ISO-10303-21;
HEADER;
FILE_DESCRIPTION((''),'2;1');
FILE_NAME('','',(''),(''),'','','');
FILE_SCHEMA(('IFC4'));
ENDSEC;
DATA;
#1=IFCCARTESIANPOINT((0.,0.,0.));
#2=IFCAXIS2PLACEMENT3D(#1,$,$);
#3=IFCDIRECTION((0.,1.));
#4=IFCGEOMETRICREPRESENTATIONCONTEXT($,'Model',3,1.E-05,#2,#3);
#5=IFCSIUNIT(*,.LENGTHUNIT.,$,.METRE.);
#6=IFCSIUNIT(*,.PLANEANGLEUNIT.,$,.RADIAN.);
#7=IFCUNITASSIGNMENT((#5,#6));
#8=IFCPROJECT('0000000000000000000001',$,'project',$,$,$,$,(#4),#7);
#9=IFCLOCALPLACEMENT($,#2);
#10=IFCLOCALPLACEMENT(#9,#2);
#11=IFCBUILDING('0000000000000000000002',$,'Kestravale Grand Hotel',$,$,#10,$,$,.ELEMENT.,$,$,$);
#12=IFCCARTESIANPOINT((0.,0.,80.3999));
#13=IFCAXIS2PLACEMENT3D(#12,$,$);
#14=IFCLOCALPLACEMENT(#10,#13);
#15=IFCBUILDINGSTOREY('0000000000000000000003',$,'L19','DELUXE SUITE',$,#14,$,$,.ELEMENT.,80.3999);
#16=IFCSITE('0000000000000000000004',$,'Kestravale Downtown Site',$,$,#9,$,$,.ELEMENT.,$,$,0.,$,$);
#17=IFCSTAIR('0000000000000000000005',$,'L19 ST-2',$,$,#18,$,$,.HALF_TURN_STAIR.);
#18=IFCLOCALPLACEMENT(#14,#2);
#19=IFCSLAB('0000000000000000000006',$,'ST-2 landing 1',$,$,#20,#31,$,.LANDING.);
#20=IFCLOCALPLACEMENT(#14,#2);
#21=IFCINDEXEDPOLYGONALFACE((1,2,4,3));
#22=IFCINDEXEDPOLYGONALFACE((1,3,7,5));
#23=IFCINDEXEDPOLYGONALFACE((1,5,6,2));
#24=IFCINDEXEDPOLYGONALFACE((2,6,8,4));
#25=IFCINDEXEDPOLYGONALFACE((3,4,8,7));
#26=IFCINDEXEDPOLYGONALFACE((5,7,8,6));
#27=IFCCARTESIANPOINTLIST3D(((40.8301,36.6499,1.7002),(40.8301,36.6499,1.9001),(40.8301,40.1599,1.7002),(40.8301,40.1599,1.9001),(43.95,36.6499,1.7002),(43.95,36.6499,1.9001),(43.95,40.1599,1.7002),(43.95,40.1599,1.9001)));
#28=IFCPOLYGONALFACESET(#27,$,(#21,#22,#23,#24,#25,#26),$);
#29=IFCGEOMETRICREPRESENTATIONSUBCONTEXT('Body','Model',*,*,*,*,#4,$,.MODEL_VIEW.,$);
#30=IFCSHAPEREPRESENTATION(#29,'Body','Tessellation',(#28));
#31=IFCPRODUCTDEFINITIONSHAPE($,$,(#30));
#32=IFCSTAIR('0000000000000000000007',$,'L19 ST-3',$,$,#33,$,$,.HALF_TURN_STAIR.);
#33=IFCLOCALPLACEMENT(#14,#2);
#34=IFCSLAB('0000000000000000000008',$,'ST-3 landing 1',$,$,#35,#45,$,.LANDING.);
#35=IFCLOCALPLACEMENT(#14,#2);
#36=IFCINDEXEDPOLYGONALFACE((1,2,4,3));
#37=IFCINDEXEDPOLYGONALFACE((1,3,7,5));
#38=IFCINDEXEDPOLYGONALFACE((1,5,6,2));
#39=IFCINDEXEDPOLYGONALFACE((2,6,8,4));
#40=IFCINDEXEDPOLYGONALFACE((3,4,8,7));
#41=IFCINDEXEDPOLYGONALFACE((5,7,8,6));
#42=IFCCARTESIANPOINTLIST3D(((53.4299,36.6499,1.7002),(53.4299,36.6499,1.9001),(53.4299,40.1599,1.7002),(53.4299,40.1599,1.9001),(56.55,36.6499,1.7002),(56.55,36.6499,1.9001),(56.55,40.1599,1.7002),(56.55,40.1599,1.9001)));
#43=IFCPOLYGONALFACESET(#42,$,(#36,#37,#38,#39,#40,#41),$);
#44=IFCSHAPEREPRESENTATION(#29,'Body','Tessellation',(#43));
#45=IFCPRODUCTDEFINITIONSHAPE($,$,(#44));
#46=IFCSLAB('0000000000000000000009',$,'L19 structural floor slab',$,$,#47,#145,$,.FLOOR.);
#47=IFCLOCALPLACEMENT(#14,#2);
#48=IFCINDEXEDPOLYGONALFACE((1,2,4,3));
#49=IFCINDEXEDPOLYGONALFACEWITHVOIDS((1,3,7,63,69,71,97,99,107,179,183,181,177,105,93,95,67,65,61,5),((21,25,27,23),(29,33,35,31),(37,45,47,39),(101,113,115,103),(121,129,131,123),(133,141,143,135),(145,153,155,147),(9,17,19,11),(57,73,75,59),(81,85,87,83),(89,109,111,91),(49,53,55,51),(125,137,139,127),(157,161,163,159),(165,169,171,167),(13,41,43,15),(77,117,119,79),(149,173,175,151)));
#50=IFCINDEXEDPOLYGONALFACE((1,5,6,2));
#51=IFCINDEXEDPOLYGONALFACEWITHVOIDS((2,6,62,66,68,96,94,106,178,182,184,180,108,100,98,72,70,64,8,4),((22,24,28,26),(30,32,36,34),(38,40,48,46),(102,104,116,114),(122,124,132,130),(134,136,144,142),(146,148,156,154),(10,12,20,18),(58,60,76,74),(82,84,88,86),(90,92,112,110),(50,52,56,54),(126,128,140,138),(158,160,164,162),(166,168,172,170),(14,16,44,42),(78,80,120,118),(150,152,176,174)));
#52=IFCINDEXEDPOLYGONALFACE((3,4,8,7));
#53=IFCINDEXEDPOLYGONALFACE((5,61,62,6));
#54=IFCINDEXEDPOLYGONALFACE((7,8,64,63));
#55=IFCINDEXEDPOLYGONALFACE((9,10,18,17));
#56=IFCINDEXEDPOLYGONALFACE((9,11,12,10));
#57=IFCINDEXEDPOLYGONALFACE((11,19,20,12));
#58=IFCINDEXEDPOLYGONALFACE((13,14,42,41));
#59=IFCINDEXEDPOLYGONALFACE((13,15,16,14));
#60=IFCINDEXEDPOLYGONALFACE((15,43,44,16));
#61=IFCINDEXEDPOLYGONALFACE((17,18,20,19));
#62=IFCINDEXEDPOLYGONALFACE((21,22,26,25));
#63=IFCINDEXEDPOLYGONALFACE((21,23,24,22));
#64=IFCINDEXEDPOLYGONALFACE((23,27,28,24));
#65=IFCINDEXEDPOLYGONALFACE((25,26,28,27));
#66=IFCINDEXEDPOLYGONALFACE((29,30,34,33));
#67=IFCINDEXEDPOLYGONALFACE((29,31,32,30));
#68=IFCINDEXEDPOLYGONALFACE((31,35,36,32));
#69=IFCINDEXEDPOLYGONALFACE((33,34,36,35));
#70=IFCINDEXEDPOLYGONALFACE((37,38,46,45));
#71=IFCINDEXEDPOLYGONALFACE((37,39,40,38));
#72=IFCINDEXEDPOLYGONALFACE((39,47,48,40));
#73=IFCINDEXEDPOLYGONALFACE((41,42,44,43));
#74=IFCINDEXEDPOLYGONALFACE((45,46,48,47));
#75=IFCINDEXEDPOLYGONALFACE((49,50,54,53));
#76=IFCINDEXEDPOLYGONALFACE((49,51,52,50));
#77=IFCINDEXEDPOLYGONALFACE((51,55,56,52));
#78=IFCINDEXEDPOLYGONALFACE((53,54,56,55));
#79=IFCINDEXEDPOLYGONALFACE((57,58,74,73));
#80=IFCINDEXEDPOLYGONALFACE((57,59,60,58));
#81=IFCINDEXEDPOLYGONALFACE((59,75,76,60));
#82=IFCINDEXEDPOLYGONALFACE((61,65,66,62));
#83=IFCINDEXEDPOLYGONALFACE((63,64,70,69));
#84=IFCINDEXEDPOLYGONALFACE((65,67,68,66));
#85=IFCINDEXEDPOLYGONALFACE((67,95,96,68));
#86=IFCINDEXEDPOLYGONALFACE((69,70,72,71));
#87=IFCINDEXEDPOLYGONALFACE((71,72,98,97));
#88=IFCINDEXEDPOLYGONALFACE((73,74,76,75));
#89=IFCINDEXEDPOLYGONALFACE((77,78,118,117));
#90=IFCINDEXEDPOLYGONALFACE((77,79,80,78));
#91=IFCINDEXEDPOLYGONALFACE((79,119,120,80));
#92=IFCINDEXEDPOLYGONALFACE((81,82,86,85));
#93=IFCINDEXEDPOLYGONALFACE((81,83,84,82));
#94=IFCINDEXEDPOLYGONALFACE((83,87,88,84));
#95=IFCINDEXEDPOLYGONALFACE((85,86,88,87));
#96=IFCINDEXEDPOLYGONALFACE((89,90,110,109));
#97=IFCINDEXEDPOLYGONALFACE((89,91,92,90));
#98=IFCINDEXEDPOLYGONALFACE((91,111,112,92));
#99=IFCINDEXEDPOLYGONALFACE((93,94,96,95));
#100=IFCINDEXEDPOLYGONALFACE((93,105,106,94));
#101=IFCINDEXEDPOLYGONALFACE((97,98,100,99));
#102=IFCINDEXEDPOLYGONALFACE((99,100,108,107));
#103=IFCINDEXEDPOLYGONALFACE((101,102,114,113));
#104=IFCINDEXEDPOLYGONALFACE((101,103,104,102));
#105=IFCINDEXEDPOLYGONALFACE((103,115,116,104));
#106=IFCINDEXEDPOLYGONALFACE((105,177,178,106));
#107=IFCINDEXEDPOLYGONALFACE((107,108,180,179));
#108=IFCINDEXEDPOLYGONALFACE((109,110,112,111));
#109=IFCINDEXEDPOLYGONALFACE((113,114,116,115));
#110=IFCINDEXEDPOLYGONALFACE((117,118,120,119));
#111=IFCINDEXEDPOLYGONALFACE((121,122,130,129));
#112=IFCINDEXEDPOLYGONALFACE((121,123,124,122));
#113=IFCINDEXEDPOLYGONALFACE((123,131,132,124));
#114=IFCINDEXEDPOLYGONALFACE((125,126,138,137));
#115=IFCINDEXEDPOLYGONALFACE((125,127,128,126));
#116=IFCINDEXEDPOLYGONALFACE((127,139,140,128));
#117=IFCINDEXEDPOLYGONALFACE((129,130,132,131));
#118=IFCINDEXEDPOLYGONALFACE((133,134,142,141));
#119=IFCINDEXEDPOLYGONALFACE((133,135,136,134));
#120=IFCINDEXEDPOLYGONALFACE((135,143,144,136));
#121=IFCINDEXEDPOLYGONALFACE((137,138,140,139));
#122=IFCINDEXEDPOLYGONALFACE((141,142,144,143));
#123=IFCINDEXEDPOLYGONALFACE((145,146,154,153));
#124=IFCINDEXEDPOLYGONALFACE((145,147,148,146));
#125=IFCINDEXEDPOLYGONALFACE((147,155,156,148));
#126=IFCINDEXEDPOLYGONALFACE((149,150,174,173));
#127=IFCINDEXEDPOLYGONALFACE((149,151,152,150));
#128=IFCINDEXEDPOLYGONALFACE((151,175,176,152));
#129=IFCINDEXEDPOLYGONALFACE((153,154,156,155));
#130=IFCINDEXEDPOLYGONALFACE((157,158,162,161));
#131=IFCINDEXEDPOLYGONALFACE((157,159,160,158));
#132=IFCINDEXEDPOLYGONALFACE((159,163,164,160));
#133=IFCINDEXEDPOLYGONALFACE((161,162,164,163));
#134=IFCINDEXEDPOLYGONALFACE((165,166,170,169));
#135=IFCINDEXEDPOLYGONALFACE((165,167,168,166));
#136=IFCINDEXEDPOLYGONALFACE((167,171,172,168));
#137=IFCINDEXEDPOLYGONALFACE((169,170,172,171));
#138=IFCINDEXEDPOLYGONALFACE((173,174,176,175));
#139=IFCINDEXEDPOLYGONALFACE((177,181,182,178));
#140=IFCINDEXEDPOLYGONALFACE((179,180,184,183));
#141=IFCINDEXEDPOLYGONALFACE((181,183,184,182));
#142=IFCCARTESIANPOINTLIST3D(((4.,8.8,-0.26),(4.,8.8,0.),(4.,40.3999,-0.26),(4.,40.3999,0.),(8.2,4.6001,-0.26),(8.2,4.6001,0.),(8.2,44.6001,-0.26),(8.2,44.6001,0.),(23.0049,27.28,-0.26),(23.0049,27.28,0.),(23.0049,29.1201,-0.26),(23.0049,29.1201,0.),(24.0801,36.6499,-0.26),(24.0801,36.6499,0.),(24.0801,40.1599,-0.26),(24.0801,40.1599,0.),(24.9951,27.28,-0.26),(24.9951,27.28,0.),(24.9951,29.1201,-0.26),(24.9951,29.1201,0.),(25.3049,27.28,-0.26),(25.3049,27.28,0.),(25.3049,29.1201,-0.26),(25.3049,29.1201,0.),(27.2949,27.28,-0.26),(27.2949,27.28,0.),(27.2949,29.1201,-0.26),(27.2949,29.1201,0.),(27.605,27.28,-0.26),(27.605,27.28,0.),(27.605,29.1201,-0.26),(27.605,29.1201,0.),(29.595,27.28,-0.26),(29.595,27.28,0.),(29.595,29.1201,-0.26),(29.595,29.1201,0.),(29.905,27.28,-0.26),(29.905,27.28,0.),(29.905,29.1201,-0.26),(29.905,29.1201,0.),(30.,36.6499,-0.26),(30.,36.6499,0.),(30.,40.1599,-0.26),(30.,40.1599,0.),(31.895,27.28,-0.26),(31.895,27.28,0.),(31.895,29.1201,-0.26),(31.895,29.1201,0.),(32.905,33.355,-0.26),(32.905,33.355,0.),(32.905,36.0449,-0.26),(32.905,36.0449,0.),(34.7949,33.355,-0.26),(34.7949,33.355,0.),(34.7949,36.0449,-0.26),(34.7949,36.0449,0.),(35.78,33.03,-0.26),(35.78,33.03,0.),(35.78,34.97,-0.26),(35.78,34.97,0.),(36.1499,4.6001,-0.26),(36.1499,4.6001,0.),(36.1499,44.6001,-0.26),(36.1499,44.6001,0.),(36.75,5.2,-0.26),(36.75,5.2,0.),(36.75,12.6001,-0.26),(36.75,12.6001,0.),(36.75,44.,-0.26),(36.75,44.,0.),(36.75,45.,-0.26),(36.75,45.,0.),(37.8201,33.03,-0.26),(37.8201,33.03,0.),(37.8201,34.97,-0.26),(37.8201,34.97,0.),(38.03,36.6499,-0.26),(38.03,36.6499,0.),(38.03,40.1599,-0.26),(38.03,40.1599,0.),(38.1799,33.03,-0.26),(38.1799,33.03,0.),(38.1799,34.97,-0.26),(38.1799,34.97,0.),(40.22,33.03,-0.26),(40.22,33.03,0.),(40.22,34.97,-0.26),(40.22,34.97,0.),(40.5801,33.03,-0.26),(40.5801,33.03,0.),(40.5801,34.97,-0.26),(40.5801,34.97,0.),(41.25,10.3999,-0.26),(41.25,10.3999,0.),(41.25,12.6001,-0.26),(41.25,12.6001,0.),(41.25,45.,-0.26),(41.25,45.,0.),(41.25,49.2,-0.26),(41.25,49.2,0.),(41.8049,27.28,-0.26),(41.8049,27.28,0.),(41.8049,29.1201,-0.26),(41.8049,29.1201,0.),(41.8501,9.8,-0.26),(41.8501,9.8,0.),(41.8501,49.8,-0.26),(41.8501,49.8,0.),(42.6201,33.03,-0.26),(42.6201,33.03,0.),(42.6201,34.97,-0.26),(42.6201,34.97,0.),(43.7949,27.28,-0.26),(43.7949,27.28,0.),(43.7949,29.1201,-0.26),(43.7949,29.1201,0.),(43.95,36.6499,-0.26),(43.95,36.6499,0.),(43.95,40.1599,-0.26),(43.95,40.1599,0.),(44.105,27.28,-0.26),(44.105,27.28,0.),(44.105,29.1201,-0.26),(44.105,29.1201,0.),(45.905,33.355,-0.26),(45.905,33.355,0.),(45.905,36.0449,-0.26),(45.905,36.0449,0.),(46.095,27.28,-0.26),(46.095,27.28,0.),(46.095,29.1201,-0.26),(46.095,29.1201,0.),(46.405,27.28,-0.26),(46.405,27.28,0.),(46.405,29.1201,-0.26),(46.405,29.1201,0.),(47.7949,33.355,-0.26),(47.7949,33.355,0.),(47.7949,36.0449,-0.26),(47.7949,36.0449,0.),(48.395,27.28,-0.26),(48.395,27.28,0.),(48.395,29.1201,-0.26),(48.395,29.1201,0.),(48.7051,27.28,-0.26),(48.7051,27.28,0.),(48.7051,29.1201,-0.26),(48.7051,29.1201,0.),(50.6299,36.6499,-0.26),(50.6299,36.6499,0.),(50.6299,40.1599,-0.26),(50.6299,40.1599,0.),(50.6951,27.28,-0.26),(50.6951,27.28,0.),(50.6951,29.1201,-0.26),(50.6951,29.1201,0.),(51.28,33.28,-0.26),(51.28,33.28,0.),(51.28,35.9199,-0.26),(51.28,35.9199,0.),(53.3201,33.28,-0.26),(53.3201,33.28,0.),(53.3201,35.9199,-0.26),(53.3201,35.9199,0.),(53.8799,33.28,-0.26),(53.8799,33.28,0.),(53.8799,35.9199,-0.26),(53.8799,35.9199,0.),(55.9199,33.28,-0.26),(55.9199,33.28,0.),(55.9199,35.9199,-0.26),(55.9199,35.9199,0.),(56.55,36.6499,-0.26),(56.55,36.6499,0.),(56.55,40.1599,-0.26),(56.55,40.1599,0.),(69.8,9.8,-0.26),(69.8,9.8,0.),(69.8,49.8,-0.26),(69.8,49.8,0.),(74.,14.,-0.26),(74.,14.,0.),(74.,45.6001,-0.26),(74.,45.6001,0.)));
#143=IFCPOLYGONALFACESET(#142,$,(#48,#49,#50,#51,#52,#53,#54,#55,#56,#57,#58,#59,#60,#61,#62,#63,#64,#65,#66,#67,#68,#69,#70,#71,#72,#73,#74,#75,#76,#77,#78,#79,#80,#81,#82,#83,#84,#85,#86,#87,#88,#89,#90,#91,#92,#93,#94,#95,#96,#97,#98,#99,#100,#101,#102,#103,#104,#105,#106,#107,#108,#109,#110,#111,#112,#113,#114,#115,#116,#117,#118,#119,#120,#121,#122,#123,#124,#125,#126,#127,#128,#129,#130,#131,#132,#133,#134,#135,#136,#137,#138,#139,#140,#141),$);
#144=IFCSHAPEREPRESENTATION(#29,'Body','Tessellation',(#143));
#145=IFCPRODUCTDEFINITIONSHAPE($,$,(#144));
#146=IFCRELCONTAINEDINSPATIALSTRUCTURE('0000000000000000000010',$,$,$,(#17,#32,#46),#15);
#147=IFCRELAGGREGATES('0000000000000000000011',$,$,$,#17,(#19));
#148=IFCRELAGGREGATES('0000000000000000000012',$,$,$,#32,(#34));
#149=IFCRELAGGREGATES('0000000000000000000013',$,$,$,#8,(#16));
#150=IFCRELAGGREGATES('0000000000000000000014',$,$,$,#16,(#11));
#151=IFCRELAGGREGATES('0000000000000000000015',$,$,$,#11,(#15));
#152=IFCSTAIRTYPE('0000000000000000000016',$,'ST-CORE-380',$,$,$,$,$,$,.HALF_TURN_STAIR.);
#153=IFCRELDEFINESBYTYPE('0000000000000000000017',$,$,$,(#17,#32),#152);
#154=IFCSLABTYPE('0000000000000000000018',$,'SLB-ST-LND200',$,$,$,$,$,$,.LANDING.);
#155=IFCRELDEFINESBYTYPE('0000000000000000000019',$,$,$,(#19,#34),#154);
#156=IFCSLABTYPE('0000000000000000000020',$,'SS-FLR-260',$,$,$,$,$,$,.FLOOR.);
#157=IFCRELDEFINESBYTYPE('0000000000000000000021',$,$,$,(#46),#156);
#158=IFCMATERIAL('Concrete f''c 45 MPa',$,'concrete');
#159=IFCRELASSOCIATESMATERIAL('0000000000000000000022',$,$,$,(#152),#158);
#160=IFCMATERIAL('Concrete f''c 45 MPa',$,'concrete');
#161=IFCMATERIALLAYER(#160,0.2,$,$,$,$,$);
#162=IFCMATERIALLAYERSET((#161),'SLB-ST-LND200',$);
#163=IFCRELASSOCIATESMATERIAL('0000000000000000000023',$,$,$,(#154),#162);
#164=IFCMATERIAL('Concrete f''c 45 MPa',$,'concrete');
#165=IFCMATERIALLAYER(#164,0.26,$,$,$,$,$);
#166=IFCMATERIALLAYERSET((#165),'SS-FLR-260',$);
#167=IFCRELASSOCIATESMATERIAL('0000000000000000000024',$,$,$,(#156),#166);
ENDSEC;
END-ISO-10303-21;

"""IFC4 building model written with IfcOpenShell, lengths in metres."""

from ifc_helpers import new_model, si_unit, direction, frame, origin, place, context, subcontext, project, spatial, polyline, outline, extrude, material, layer, layer_set, type_object, element, aggregate, save


model = new_model("IFC4")

# Units and contexts
model_context = context("Model", 3, precision=1e-05, world=origin(), true_north=direction((0.0, 1.0)))
body_context = subcontext(model_context, "Body", "Model", "MODEL_VIEW")
ifc_project = project(units=[si_unit("LENGTHUNIT", "METRE"), si_unit("PLANEANGLEUNIT", "RADIAN")], contexts=[model_context])

# Site, building, storey
site_placement = place(None, origin())
site = spatial("IfcSite", under=ifc_project, at=site_placement, Name="Kestravale Downtown Site", CompositionType="ELEMENT", RefElevation=0.0)
building_placement = place(site_placement, origin())
building = spatial("IfcBuilding", under=site, at=building_placement, Name="Kestravale Grand Hotel", CompositionType="ELEMENT")
storey_placement = place(building_placement, frame((0.0, 0.0, 80.3999)))
storey = spatial("IfcBuildingStorey", under=building, at=storey_placement, Name="L19", Description="DELUXE SUITE", CompositionType="ELEMENT", Elevation=80.3999)

# Stairs, slabs
ifc_material_1 = material(Name="Concrete f'c 45 MPa", Category="concrete")
stair_type = type_object("IfcStairType", Name="ST-CORE-380", PredefinedType="HALF_TURN_STAIR", material=ifc_material_1)
ifc_material_2 = material(Name="Concrete f'c 45 MPa", Category="concrete")
ifc_layer_1 = layer(ifc_material_2, 0.2)
ifc_layer_set_1 = layer_set([ifc_layer_1], Name="SLB-ST-LND200")
slab_type_1 = type_object("IfcSlabType", Name="SLB-ST-LND200", PredefinedType="LANDING", material=ifc_layer_set_1)
stair_1_placement = place(storey_placement, origin())
stair_1 = element("IfcStair", 1, at=stair_1_placement, inside=storey, type_object=stair_type, Name="L19 ST-2", PredefinedType="HALF_TURN_STAIR")
slab_1_placement = place(storey_placement, frame((0.0, 0.0, 1.7002)))
slab_1 = element("IfcSlab", 2, at=slab_1_placement, type_object=slab_type_1, Name="ST-2 landing 1", PredefinedType="LANDING", context=body_context, shape_type="SweptSolid", body=[
    extrude(outline(polyline([(40.8301, 36.6499), (43.95, 36.6499), (43.95, 40.1599), (40.8301, 40.1599), (40.8301, 36.6499)])), origin(), (0.0, 0.0, 1.0), 0.2),
])
aggregate(stair_1, [slab_1])
stair_2_placement = place(storey_placement, origin())
stair_2 = element("IfcStair", 3, at=stair_2_placement, inside=storey, type_object=stair_type, Name="L19 ST-3", PredefinedType="HALF_TURN_STAIR")
slab_2_placement = place(storey_placement, frame((0.0, 0.0, 1.7002)))
slab_2 = element("IfcSlab", 4, at=slab_2_placement, type_object=slab_type_1, Name="ST-3 landing 1", PredefinedType="LANDING", context=body_context, shape_type="SweptSolid", body=[
    extrude(outline(polyline([(53.4299, 36.6499), (56.55, 36.6499), (56.55, 40.1599), (53.4299, 40.1599), (53.4299, 36.6499)])), origin(), (0.0, 0.0, 1.0), 0.2),
])
aggregate(stair_2, [slab_2])

# Slab
ifc_material_3 = material(Name="Concrete f'c 45 MPa", Category="concrete")
ifc_layer_2 = layer(ifc_material_3, 0.26)
ifc_layer_set_2 = layer_set([ifc_layer_2], Name="SS-FLR-260")
slab_type_2 = type_object("IfcSlabType", Name="SS-FLR-260", PredefinedType="FLOOR", material=ifc_layer_set_2)
slab_3_placement = place(storey_placement, frame((0.0, 0.0, -0.26)))
element("IfcSlab", 5, at=slab_3_placement, inside=storey, type_object=slab_type_2, Name="L19 structural floor slab", PredefinedType="FLOOR", context=body_context, shape_type="SweptSolid", body=[
    extrude(outline(polyline([(8.2, 4.6001), (36.1499, 4.6001), (36.75, 5.2), (36.75, 12.6001), (41.25, 12.6001), (41.25, 10.3999), (41.8501, 9.8), (69.8, 9.8), (74.0, 14.0), (74.0, 45.6001), (69.8, 49.8), (41.8501, 49.8), (41.25, 49.2), (41.25, 45.0), (36.75, 45.0), (36.75, 44.0), (36.1499, 44.6001), (8.2, 44.6001), (4.0, 40.3999), (4.0, 8.8), (8.2, 4.6001)]), holes=[polyline([(24.0801, 36.6499), (30.0, 36.6499), (30.0, 40.1599), (24.0801, 40.1599), (24.0801, 36.6499)]), polyline([(38.03, 36.6499), (43.95, 36.6499), (43.95, 40.1599), (38.03, 40.1599), (38.03, 36.6499)]), polyline([(50.6299, 36.6499), (56.55, 36.6499), (56.55, 40.1599), (50.6299, 40.1599), (50.6299, 36.6499)]), polyline([(23.0049, 27.28), (24.9951, 27.28), (24.9951, 29.1201), (23.0049, 29.1201), (23.0049, 27.28)]), polyline([(25.3049, 27.28), (27.2949, 27.28), (27.2949, 29.1201), (25.3049, 29.1201), (25.3049, 27.28)]), polyline([(27.605, 27.28), (29.595, 27.28), (29.595, 29.1201), (27.605, 29.1201), (27.605, 27.28)]), polyline([(29.905, 27.28), (31.895, 27.28), (31.895, 29.1201), (29.905, 29.1201), (29.905, 27.28)]), polyline([(41.8049, 27.28), (43.7949, 27.28), (43.7949, 29.1201), (41.8049, 29.1201), (41.8049, 27.28)]), polyline([(44.105, 27.28), (46.095, 27.28), (46.095, 29.1201), (44.105, 29.1201), (44.105, 27.28)]), polyline([(46.405, 27.28), (48.395, 27.28), (48.395, 29.1201), (46.405, 29.1201), (46.405, 27.28)]), polyline([(48.7051, 27.28), (50.6951, 27.28), (50.6951, 29.1201), (48.7051, 29.1201), (48.7051, 27.28)]), polyline([(35.78, 33.03), (37.8201, 33.03), (37.8201, 34.97), (35.78, 34.97), (35.78, 33.03)]), polyline([(38.1799, 33.03), (40.22, 33.03), (40.22, 34.97), (38.1799, 34.97), (38.1799, 33.03)]), polyline([(40.5801, 33.03), (42.6201, 33.03), (42.6201, 34.97), (40.5801, 34.97), (40.5801, 33.03)]), polyline([(32.905, 33.355), (34.7949, 33.355), (34.7949, 36.0449), (32.905, 36.0449), (32.905, 33.355)]), polyline([(45.905, 33.355), (47.7949, 33.355), (47.7949, 36.0449), (45.905, 36.0449), (45.905, 33.355)]), polyline([(51.28, 33.28), (53.3201, 33.28), (53.3201, 35.9199), (51.28, 35.9199), (51.28, 33.28)]), polyline([(53.8799, 33.28), (55.9199, 33.28), (55.9199, 35.9199), (53.8799, 35.9199), (53.8799, 33.28)])]), origin(), (0.0, 0.0, 1.0), 0.26),
])

save(model, "model.ifc")
